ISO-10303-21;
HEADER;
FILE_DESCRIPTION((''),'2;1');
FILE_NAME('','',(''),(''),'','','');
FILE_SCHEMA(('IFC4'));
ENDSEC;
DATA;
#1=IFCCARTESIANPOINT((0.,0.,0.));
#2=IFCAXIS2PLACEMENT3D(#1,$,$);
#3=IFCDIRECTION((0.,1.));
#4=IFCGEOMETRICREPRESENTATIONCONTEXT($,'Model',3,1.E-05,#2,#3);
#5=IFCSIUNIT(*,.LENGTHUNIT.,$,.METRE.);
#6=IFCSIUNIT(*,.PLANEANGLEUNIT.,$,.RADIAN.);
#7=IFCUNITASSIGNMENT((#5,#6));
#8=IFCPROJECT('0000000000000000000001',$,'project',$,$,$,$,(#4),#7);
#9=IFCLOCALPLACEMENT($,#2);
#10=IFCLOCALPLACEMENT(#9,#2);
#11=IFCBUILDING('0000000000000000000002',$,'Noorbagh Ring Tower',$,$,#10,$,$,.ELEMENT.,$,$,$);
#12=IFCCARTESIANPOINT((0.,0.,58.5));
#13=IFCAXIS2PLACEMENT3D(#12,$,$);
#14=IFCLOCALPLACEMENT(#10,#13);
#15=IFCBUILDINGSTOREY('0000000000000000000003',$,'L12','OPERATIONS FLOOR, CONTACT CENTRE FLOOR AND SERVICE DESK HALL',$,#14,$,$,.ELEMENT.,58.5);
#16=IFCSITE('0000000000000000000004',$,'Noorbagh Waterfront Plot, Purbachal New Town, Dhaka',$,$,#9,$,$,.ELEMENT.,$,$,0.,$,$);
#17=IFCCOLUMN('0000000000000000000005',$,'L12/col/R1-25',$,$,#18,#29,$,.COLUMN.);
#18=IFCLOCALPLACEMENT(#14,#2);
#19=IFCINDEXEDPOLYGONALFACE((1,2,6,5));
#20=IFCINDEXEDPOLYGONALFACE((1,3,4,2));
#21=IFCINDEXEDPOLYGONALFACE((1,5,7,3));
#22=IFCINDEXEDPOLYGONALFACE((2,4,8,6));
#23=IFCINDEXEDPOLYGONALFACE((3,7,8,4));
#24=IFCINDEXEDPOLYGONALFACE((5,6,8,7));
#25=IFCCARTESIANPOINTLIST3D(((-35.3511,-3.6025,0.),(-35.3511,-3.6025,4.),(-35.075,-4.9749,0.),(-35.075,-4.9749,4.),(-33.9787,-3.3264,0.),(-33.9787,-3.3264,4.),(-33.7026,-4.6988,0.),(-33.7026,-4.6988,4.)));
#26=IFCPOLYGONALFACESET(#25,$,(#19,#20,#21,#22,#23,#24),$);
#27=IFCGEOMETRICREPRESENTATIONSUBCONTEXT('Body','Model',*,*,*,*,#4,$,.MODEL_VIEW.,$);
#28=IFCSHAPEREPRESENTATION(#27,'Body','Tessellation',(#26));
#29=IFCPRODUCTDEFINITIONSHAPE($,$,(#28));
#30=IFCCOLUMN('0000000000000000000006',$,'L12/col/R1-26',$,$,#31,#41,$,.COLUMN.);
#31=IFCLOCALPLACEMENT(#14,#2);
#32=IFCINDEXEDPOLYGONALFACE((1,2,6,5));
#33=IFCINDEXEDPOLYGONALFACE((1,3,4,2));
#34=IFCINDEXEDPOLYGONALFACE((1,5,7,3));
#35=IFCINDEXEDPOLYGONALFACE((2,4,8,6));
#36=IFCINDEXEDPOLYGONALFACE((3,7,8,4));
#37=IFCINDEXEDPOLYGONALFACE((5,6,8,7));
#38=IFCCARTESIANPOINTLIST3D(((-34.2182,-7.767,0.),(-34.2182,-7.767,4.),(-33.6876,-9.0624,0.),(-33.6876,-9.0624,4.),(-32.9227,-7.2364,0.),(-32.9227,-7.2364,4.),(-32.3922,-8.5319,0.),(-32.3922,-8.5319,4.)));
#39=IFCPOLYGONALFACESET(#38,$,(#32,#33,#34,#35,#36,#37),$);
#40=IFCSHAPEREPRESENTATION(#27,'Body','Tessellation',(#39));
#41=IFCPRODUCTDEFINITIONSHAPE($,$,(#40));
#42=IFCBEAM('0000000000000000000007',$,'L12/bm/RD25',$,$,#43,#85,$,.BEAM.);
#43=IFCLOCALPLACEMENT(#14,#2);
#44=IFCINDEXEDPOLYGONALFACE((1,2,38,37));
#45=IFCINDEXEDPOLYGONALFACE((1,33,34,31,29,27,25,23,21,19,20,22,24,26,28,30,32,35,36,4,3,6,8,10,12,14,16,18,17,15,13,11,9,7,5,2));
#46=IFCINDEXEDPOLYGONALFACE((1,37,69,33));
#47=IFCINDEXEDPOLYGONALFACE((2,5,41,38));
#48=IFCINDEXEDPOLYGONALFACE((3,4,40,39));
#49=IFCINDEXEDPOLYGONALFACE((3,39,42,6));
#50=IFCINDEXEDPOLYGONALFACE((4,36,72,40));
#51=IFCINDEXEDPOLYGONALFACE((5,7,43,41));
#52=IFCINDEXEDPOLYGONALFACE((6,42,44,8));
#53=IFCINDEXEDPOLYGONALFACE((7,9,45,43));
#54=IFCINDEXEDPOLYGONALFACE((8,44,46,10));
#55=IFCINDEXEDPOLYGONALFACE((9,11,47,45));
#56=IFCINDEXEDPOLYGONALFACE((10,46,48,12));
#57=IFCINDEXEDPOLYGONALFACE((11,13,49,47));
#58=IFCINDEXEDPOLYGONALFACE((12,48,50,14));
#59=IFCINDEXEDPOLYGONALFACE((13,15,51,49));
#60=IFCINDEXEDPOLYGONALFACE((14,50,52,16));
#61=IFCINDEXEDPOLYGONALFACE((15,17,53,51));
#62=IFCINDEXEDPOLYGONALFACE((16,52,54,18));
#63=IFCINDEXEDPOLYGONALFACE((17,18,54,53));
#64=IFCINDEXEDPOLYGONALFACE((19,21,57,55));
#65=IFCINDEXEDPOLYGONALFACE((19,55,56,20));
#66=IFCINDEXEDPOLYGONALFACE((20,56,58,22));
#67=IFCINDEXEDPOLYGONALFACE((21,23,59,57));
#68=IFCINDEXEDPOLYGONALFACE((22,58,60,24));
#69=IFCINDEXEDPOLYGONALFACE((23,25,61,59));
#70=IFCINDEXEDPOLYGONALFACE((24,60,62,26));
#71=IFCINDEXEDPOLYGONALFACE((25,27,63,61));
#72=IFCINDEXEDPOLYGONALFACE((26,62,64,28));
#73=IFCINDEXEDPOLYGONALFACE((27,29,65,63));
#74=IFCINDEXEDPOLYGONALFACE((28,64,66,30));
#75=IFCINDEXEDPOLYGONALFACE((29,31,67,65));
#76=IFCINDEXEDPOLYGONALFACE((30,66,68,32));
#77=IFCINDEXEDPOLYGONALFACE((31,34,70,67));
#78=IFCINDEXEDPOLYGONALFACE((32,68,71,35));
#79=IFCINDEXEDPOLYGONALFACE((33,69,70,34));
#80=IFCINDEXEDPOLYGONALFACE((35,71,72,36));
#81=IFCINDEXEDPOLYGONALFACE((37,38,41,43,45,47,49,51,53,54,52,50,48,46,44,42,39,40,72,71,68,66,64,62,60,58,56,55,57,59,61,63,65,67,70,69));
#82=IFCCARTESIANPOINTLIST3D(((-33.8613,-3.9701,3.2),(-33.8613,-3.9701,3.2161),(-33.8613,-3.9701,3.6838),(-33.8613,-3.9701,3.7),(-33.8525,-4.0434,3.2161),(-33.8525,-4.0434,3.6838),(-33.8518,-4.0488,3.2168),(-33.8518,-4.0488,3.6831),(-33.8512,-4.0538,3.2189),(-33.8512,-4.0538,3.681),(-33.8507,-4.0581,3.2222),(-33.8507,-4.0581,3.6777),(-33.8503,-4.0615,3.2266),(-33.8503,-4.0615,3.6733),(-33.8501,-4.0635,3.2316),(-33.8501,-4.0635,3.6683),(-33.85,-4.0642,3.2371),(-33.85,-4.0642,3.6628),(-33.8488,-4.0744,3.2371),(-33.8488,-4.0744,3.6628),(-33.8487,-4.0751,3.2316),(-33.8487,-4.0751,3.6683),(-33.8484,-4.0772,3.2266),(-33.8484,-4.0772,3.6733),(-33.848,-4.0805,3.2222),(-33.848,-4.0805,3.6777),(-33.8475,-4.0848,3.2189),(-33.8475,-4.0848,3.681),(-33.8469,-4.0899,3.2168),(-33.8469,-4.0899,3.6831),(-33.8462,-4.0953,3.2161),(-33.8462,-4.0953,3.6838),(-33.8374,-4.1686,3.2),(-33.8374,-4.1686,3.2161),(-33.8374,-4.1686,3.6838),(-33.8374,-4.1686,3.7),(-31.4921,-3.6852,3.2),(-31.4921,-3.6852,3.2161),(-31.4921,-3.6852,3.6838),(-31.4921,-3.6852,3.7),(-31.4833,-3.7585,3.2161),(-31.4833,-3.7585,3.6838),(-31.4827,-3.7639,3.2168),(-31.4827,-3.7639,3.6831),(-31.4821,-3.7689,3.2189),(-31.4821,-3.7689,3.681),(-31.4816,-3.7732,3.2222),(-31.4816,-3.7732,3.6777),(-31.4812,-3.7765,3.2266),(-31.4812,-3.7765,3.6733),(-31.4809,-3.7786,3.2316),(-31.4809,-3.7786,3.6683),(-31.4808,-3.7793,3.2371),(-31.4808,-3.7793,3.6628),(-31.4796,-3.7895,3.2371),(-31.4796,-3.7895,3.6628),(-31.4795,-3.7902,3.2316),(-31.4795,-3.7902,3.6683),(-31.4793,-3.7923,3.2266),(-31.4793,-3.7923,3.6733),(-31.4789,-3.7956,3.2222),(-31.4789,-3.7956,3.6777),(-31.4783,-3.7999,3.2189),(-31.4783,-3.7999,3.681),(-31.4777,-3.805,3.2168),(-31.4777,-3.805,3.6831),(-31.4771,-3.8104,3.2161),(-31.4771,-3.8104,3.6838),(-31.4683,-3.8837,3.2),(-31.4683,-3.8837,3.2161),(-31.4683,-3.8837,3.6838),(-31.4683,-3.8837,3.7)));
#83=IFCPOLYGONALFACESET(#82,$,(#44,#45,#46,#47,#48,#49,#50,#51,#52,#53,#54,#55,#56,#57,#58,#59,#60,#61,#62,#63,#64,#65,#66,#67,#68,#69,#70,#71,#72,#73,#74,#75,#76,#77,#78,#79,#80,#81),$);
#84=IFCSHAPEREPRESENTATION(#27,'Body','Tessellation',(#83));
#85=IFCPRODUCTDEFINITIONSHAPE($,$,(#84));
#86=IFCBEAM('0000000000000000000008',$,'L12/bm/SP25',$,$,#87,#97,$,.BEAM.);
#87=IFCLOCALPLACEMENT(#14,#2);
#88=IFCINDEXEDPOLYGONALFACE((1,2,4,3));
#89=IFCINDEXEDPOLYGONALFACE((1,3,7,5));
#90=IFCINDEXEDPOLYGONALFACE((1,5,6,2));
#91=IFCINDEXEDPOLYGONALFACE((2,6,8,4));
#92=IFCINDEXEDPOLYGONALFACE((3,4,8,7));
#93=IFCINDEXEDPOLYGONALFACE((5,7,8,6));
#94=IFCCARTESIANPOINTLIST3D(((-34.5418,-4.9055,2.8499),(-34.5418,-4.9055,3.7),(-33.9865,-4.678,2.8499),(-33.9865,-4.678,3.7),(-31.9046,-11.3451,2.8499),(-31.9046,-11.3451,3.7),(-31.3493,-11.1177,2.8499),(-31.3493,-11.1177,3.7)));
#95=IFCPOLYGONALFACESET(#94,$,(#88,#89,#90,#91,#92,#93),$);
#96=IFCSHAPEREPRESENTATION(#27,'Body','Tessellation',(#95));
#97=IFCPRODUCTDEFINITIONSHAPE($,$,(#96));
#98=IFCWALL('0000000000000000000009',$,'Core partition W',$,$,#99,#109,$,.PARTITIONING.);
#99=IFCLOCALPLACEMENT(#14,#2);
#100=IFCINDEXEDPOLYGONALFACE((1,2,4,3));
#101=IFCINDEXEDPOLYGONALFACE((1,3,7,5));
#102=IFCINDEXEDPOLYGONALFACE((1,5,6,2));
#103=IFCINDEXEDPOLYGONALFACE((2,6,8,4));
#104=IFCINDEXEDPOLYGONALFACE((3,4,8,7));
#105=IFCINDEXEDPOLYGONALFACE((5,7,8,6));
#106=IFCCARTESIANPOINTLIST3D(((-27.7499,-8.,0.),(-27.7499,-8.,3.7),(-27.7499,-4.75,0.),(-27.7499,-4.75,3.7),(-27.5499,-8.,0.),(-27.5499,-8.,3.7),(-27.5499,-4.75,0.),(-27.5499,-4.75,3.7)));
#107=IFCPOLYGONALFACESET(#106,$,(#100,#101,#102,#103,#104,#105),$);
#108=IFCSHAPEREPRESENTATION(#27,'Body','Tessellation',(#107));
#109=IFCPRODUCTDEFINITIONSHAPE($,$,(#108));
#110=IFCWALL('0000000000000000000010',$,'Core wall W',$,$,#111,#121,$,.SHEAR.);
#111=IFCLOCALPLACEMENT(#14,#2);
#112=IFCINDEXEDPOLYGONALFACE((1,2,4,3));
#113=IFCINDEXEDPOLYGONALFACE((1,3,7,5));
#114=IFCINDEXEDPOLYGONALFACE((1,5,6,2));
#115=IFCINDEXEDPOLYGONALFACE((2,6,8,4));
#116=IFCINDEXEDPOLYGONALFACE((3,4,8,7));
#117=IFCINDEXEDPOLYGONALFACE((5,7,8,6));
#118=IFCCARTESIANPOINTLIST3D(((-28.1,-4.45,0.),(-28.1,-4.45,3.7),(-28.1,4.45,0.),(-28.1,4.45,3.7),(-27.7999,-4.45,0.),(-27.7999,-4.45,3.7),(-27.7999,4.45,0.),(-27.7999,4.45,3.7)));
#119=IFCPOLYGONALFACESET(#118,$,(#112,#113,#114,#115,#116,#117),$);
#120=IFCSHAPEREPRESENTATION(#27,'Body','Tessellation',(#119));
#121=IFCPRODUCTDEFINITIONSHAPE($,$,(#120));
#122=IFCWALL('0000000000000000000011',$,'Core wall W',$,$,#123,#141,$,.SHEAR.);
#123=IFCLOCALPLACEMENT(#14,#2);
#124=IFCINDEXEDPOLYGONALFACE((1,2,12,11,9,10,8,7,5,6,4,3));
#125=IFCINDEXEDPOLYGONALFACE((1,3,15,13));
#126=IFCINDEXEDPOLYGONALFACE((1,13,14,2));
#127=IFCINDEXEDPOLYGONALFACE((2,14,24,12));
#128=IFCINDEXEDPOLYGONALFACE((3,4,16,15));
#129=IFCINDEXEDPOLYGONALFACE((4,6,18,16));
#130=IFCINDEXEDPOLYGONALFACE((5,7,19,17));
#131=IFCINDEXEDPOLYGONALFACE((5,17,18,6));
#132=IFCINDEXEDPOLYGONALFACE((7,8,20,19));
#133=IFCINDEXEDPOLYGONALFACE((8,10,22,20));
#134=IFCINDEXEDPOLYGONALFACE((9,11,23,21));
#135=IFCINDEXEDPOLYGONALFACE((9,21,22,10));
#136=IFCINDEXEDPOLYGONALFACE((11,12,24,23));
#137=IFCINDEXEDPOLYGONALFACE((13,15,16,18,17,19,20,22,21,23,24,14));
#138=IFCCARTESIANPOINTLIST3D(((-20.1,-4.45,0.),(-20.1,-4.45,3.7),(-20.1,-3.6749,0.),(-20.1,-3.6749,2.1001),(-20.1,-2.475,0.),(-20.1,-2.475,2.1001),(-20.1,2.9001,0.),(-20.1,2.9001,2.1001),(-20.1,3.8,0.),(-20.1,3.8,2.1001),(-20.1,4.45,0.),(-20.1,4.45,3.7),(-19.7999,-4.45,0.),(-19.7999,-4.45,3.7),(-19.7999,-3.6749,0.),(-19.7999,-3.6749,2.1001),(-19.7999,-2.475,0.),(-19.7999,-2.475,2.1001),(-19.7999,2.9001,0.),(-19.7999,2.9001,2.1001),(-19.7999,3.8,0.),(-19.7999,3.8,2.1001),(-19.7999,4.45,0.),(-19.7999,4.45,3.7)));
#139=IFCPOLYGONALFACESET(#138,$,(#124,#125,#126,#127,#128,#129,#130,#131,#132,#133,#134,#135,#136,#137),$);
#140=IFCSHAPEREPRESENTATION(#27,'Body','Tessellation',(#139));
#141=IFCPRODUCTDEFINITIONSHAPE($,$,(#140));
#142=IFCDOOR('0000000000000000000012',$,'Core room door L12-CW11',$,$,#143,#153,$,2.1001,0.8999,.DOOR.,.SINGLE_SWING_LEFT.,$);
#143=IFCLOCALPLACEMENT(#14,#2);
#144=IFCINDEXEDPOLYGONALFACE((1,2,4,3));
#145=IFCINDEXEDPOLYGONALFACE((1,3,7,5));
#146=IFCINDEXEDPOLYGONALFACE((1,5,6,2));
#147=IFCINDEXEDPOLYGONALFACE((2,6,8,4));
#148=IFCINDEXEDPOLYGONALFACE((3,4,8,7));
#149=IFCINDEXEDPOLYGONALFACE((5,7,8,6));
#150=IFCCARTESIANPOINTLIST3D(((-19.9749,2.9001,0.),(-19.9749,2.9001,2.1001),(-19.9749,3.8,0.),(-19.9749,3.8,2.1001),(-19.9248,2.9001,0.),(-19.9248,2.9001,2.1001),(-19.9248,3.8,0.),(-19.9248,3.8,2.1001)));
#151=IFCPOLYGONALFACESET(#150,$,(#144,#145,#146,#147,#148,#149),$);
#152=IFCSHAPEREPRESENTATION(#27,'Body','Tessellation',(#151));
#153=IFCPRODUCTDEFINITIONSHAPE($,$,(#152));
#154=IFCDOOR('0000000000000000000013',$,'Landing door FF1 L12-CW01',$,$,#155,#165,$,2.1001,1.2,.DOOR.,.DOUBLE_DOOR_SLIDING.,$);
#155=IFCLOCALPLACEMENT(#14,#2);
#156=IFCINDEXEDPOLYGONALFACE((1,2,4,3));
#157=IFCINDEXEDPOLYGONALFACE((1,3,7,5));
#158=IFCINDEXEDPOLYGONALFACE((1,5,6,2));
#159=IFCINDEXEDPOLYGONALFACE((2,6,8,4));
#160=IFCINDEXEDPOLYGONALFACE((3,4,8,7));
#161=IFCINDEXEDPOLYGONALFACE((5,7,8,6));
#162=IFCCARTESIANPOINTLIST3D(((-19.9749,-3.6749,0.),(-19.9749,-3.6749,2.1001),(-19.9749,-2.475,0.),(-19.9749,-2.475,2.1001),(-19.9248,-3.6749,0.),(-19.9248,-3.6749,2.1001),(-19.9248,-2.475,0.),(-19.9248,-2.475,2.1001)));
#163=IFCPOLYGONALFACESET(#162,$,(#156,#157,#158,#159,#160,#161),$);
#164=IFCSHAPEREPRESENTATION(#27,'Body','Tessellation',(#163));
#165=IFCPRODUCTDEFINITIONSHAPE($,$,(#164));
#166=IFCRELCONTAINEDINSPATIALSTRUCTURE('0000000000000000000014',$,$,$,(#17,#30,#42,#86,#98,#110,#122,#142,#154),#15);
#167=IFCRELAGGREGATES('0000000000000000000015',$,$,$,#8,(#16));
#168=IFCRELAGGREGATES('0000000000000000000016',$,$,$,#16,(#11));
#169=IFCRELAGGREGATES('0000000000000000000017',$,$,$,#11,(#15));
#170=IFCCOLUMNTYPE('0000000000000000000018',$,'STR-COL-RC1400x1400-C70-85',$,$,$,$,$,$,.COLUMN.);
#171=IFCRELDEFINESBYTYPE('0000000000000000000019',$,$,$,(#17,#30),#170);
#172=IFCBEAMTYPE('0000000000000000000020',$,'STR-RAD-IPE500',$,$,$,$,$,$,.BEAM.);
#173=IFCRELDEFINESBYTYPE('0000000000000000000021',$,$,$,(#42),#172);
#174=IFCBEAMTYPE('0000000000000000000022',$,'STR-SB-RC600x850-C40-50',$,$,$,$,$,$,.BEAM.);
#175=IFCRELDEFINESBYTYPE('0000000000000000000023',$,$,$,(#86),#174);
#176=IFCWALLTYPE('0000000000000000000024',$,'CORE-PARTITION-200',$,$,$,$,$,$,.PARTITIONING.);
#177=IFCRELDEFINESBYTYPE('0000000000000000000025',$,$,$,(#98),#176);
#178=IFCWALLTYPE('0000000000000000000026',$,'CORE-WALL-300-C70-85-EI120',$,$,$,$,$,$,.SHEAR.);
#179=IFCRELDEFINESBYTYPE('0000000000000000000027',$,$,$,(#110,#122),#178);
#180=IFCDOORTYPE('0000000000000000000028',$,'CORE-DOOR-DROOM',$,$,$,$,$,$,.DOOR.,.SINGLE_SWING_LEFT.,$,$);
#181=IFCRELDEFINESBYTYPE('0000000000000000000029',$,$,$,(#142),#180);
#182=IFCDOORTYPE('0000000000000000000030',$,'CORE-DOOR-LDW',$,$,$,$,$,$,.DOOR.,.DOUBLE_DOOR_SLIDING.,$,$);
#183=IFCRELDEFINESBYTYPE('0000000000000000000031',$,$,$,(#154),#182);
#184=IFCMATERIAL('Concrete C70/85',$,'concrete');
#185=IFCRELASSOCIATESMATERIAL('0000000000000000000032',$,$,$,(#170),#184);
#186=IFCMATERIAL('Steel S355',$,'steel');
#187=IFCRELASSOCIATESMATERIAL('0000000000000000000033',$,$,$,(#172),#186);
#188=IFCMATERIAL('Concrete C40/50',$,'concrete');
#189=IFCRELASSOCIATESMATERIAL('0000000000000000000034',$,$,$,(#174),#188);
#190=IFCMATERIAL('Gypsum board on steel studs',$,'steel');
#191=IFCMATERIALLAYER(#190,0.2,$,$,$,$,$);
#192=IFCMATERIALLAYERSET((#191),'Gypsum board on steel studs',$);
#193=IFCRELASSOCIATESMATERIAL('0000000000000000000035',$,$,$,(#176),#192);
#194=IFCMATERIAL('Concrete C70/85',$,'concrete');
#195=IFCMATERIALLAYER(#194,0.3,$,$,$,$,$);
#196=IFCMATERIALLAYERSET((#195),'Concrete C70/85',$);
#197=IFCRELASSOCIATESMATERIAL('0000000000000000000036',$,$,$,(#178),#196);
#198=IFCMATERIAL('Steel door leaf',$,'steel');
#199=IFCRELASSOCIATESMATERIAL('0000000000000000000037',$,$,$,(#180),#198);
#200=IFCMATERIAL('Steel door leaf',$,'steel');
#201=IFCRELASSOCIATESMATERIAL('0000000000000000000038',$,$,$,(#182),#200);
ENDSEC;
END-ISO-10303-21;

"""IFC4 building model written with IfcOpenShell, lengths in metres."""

from ifc_helpers import new_model, si_unit, direction, frame, frame_2d, origin, origin_2d, place, context, subcontext, project, spatial, rectangle, i_section, extrude, material, layer, layer_set, material_profile, profile_set, type_object, element, fill, save


model = new_model("IFC4")

# Units and contexts
model_context = context("Model", 3, precision=1e-05, world=origin(), true_north=direction((0.0, 1.0)))
body_context = subcontext(model_context, "Body", "Model", "MODEL_VIEW")
ifc_project = project(units=[si_unit("LENGTHUNIT", "METRE"), si_unit("PLANEANGLEUNIT", "RADIAN")], contexts=[model_context])

# Site, building, storey
site_placement = place(None, origin())
site = spatial("IfcSite", under=ifc_project, at=site_placement, Name="Noorbagh Waterfront Plot, Purbachal New Town, Dhaka", CompositionType="ELEMENT", RefElevation=0.0)
building_placement = place(site_placement, origin())
building = spatial("IfcBuilding", under=site, at=building_placement, Name="Noorbagh Ring Tower", CompositionType="ELEMENT")
storey_placement = place(building_placement, frame((0.0, 0.0, 58.5)))
storey = spatial("IfcBuildingStorey", under=building, at=storey_placement, Name="L12", Description="OPERATIONS FLOOR, CONTACT CENTRE FLOOR AND SERVICE DESK HALL", CompositionType="ELEMENT", Elevation=58.5)

# Columns
ifc_material_1 = material(Name="Concrete C70/85", Category="concrete")
ifc_material_profile_1 = material_profile(ifc_material_1, rectangle(XDim=1.3999, YDim=1.3999, at=origin_2d()), Name="RC1400x1400")
ifc_profile_set_1 = profile_set([ifc_material_profile_1], Name="Concrete C70/85")
column_type = type_object("IfcColumnType", Name="STR-COL-RC1400x1400-C70-85", PredefinedType="COLUMN", material=ifc_profile_set_1)
for number, where, z_axis, x_axis, name in (
    (1, (-34.5269, -4.1506, 0.0), (0.0, 0.0, 1.0), (0.19723, -0.980357, 0.0), "L12/col/R1-25"),
    (2, (-33.3052, -8.1494, 0.0), (0.0, 0.0, 1.0), (0.378989, -0.925401, 0.0), "L12/col/R1-26"),
):
    element("IfcColumn", number, at=place(storey_placement, frame(where, z_axis=z_axis, x_axis=x_axis)), inside=storey, type_object=column_type, Name=name, PredefinedType="COLUMN", context=body_context, shape_type="SweptSolid", body=[
        extrude(rectangle(XDim=1.3999, YDim=1.3999, at=origin_2d()), origin(), (0.0, 0.0, 1.0), 4.0),
    ])

# Beams
ifc_material_2 = material(Name="Steel S355", Category="steel")
ifc_material_profile_2 = material_profile(ifc_material_2, i_section(OverallWidth=0.2, OverallDepth=0.5, WebThickness=0.0103, FlangeThickness=0.0161, FilletRadius=0.021, at=origin_2d()), Name="IPE500")
ifc_profile_set_2 = profile_set([ifc_material_profile_2], Name="Steel S355")
beam_type_1 = type_object("IfcBeamType", Name="STR-RAD-IPE500", PredefinedType="BEAM", material=ifc_profile_set_2)
beam_1_placement = place(storey_placement, frame((-33.8494, -4.0693, 3.45), z_axis=(0.992846, 0.119399, 0.0), x_axis=(-0.119399, 0.992846, 0.0)))
element("IfcBeam", 3, at=beam_1_placement, inside=storey, type_object=beam_type_1, Name="L12/bm/RD25", PredefinedType="BEAM", context=body_context, shape_type="SweptSolid", body=[
    extrude(i_section(OverallWidth=0.2, OverallDepth=0.5, WebThickness=0.0103, FlangeThickness=0.0161, FilletRadius=0.021, at=origin_2d()), origin(), (0.0, 0.0, 1.0), 2.3862),
])
ifc_material_3 = material(Name="Concrete C40/50", Category="concrete")
ifc_material_profile_3 = material_profile(ifc_material_3, rectangle(XDim=0.6001, YDim=0.8501, at=origin_2d()), Name="RC600x850")
ifc_profile_set_3 = profile_set([ifc_material_profile_3], Name="Concrete C40/50")
beam_type_2 = type_object("IfcBeamType", Name="STR-SB-RC600x850-C40-50", PredefinedType="BEAM", material=ifc_profile_set_3)
beam_2_placement = place(storey_placement, frame((-34.2642, -4.7917, 3.2749), z_axis=(0.378976, -0.925407, 0.0), x_axis=(0.925407, 0.378976, 0.0)))
element("IfcBeam", 4, at=beam_2_placement, inside=storey, type_object=beam_type_2, Name="L12/bm/SP25", PredefinedType="BEAM", context=body_context, shape_type="SweptSolid", body=[
    extrude(rectangle(XDim=0.6001, YDim=0.8501, at=origin_2d()), origin(), (0.0, 0.0, 1.0), 6.9587),
])

# Walls
ifc_material_4 = material(Name="Gypsum board on steel studs", Category="steel")
ifc_layer_1 = layer(ifc_material_4, 0.2)
ifc_layer_set_1 = layer_set([ifc_layer_1], Name="Gypsum board on steel studs")
wall_type_1 = type_object("IfcWallType", Name="CORE-PARTITION-200", PredefinedType="PARTITIONING", material=ifc_layer_set_1)
wall_1_placement = place(storey_placement, frame((-27.6499, -8.0, 0.0), z_axis=(0.0, 0.0, 1.0), x_axis=(0.0, 1.0, 0.0)))
element("IfcWall", 5, at=wall_1_placement, inside=storey, type_object=wall_type_1, Name="Core partition W", PredefinedType="PARTITIONING", context=body_context, shape_type="SweptSolid", body=[
    extrude(rectangle(XDim=3.25, YDim=0.2, at=frame_2d((1.625, 0.0))), origin(), (0.0, 0.0, 1.0), 3.7),
])
ifc_material_5 = material(Name="Concrete C70/85", Category="concrete")
ifc_layer_2 = layer(ifc_material_5, 0.3)
ifc_layer_set_2 = layer_set([ifc_layer_2], Name="Concrete C70/85")
wall_type_2 = type_object("IfcWallType", Name="CORE-WALL-300-C70-85-EI120", PredefinedType="SHEAR", material=ifc_layer_set_2)
wall_2_placement = place(storey_placement, frame((-27.95, -4.45, 0.0), z_axis=(0.0, 0.0, 1.0), x_axis=(0.0, 1.0, 0.0)))
element("IfcWall", 6, at=wall_2_placement, inside=storey, type_object=wall_type_2, Name="Core wall W", PredefinedType="SHEAR", context=body_context, shape_type="SweptSolid", body=[
    extrude(rectangle(XDim=8.8999, YDim=0.3, at=frame_2d((4.45, 0.0))), origin(), (0.0, 0.0, 1.0), 3.7),
])

# Wall, openings, doors
wall_3_placement = place(storey_placement, frame((-19.95, -4.45, 0.0), z_axis=(0.0, 0.0, 1.0), x_axis=(0.0, 1.0, 0.0)))
wall_3 = element("IfcWall", 7, at=wall_3_placement, inside=storey, type_object=wall_type_2, Name="Core wall W", PredefinedType="SHEAR", context=body_context, shape_type="SweptSolid", body=[
    extrude(rectangle(XDim=8.8999, YDim=0.3, at=frame_2d((4.45, 0.0))), origin(), (0.0, 0.0, 1.0), 3.7),
])
opening_1_placement = place(wall_3_placement, frame((0.7749, 0.0, 0.0)))
opening_1 = element("IfcOpeningElement", 8, at=opening_1_placement, cuts=wall_3, PredefinedType="OPENING", context=body_context, shape_type="SweptSolid", body=[
    extrude(rectangle(XDim=1.2, YDim=2.1001, at=frame_2d((0.6001, 1.05))), frame((0.0, 0.1602, 0.0), z_axis=(0.0, -1.0, 0.0), x_axis=(1.0, 0.0, 0.0)), (0.0, 0.0, 1.0), 0.3201),
])
opening_2_placement = place(wall_3_placement, frame((7.3501, 0.0, 0.0)))
opening_2 = element("IfcOpeningElement", 9, at=opening_2_placement, cuts=wall_3, PredefinedType="OPENING", context=body_context, shape_type="SweptSolid", body=[
    extrude(rectangle(XDim=0.8999, YDim=2.1001, at=frame_2d((0.45, 1.05))), frame((0.0, 0.1602, 0.0), z_axis=(0.0, -1.0, 0.0), x_axis=(1.0, 0.0, 0.0)), (0.0, 0.0, 1.0), 0.3201),
])
ifc_material_6 = material(Name="Steel door leaf", Category="steel")
door_type_1 = type_object("IfcDoorType", Name="CORE-DOOR-DROOM", OperationType="SINGLE_SWING_LEFT", PredefinedType="DOOR", material=ifc_material_6)
door_1_placement = place(opening_2_placement, origin())
door_1 = element("IfcDoor", 10, at=door_1_placement, inside=storey, type_object=door_type_1, Name="Core room door L12-CW11", OperationType="SINGLE_SWING_LEFT", OverallHeight=2.1001, OverallWidth=0.8999, PredefinedType="DOOR", context=body_context, shape_type="SweptSolid", body=[
    extrude(rectangle(XDim=0.8999, YDim=2.1001, at=frame_2d((0.45, 1.05))), frame((0.0, 0.0249, 0.0), z_axis=(0.0, -1.0, 0.0), x_axis=(1.0, 0.0, 0.0)), (0.0, 0.0, 1.0), 0.05),
])
fill(opening_2, door_1)
ifc_material_7 = material(Name="Steel door leaf", Category="steel")
door_type_2 = type_object("IfcDoorType", Name="CORE-DOOR-LDW", OperationType="DOUBLE_DOOR_SLIDING", PredefinedType="DOOR", material=ifc_material_7)
door_2_placement = place(opening_1_placement, origin())
door_2 = element("IfcDoor", 11, at=door_2_placement, inside=storey, type_object=door_type_2, Name="Landing door FF1 L12-CW01", OperationType="DOUBLE_DOOR_SLIDING", OverallHeight=2.1001, OverallWidth=1.2, PredefinedType="DOOR", context=body_context, shape_type="SweptSolid", body=[
    extrude(rectangle(XDim=1.2, YDim=2.1001, at=frame_2d((0.6001, 1.05))), frame((0.0, 0.0249, 0.0), z_axis=(0.0, -1.0, 0.0), x_axis=(1.0, 0.0, 0.0)), (0.0, 0.0, 1.0), 0.05),
])
fill(opening_1, door_2)

save(model, "model.ifc")
